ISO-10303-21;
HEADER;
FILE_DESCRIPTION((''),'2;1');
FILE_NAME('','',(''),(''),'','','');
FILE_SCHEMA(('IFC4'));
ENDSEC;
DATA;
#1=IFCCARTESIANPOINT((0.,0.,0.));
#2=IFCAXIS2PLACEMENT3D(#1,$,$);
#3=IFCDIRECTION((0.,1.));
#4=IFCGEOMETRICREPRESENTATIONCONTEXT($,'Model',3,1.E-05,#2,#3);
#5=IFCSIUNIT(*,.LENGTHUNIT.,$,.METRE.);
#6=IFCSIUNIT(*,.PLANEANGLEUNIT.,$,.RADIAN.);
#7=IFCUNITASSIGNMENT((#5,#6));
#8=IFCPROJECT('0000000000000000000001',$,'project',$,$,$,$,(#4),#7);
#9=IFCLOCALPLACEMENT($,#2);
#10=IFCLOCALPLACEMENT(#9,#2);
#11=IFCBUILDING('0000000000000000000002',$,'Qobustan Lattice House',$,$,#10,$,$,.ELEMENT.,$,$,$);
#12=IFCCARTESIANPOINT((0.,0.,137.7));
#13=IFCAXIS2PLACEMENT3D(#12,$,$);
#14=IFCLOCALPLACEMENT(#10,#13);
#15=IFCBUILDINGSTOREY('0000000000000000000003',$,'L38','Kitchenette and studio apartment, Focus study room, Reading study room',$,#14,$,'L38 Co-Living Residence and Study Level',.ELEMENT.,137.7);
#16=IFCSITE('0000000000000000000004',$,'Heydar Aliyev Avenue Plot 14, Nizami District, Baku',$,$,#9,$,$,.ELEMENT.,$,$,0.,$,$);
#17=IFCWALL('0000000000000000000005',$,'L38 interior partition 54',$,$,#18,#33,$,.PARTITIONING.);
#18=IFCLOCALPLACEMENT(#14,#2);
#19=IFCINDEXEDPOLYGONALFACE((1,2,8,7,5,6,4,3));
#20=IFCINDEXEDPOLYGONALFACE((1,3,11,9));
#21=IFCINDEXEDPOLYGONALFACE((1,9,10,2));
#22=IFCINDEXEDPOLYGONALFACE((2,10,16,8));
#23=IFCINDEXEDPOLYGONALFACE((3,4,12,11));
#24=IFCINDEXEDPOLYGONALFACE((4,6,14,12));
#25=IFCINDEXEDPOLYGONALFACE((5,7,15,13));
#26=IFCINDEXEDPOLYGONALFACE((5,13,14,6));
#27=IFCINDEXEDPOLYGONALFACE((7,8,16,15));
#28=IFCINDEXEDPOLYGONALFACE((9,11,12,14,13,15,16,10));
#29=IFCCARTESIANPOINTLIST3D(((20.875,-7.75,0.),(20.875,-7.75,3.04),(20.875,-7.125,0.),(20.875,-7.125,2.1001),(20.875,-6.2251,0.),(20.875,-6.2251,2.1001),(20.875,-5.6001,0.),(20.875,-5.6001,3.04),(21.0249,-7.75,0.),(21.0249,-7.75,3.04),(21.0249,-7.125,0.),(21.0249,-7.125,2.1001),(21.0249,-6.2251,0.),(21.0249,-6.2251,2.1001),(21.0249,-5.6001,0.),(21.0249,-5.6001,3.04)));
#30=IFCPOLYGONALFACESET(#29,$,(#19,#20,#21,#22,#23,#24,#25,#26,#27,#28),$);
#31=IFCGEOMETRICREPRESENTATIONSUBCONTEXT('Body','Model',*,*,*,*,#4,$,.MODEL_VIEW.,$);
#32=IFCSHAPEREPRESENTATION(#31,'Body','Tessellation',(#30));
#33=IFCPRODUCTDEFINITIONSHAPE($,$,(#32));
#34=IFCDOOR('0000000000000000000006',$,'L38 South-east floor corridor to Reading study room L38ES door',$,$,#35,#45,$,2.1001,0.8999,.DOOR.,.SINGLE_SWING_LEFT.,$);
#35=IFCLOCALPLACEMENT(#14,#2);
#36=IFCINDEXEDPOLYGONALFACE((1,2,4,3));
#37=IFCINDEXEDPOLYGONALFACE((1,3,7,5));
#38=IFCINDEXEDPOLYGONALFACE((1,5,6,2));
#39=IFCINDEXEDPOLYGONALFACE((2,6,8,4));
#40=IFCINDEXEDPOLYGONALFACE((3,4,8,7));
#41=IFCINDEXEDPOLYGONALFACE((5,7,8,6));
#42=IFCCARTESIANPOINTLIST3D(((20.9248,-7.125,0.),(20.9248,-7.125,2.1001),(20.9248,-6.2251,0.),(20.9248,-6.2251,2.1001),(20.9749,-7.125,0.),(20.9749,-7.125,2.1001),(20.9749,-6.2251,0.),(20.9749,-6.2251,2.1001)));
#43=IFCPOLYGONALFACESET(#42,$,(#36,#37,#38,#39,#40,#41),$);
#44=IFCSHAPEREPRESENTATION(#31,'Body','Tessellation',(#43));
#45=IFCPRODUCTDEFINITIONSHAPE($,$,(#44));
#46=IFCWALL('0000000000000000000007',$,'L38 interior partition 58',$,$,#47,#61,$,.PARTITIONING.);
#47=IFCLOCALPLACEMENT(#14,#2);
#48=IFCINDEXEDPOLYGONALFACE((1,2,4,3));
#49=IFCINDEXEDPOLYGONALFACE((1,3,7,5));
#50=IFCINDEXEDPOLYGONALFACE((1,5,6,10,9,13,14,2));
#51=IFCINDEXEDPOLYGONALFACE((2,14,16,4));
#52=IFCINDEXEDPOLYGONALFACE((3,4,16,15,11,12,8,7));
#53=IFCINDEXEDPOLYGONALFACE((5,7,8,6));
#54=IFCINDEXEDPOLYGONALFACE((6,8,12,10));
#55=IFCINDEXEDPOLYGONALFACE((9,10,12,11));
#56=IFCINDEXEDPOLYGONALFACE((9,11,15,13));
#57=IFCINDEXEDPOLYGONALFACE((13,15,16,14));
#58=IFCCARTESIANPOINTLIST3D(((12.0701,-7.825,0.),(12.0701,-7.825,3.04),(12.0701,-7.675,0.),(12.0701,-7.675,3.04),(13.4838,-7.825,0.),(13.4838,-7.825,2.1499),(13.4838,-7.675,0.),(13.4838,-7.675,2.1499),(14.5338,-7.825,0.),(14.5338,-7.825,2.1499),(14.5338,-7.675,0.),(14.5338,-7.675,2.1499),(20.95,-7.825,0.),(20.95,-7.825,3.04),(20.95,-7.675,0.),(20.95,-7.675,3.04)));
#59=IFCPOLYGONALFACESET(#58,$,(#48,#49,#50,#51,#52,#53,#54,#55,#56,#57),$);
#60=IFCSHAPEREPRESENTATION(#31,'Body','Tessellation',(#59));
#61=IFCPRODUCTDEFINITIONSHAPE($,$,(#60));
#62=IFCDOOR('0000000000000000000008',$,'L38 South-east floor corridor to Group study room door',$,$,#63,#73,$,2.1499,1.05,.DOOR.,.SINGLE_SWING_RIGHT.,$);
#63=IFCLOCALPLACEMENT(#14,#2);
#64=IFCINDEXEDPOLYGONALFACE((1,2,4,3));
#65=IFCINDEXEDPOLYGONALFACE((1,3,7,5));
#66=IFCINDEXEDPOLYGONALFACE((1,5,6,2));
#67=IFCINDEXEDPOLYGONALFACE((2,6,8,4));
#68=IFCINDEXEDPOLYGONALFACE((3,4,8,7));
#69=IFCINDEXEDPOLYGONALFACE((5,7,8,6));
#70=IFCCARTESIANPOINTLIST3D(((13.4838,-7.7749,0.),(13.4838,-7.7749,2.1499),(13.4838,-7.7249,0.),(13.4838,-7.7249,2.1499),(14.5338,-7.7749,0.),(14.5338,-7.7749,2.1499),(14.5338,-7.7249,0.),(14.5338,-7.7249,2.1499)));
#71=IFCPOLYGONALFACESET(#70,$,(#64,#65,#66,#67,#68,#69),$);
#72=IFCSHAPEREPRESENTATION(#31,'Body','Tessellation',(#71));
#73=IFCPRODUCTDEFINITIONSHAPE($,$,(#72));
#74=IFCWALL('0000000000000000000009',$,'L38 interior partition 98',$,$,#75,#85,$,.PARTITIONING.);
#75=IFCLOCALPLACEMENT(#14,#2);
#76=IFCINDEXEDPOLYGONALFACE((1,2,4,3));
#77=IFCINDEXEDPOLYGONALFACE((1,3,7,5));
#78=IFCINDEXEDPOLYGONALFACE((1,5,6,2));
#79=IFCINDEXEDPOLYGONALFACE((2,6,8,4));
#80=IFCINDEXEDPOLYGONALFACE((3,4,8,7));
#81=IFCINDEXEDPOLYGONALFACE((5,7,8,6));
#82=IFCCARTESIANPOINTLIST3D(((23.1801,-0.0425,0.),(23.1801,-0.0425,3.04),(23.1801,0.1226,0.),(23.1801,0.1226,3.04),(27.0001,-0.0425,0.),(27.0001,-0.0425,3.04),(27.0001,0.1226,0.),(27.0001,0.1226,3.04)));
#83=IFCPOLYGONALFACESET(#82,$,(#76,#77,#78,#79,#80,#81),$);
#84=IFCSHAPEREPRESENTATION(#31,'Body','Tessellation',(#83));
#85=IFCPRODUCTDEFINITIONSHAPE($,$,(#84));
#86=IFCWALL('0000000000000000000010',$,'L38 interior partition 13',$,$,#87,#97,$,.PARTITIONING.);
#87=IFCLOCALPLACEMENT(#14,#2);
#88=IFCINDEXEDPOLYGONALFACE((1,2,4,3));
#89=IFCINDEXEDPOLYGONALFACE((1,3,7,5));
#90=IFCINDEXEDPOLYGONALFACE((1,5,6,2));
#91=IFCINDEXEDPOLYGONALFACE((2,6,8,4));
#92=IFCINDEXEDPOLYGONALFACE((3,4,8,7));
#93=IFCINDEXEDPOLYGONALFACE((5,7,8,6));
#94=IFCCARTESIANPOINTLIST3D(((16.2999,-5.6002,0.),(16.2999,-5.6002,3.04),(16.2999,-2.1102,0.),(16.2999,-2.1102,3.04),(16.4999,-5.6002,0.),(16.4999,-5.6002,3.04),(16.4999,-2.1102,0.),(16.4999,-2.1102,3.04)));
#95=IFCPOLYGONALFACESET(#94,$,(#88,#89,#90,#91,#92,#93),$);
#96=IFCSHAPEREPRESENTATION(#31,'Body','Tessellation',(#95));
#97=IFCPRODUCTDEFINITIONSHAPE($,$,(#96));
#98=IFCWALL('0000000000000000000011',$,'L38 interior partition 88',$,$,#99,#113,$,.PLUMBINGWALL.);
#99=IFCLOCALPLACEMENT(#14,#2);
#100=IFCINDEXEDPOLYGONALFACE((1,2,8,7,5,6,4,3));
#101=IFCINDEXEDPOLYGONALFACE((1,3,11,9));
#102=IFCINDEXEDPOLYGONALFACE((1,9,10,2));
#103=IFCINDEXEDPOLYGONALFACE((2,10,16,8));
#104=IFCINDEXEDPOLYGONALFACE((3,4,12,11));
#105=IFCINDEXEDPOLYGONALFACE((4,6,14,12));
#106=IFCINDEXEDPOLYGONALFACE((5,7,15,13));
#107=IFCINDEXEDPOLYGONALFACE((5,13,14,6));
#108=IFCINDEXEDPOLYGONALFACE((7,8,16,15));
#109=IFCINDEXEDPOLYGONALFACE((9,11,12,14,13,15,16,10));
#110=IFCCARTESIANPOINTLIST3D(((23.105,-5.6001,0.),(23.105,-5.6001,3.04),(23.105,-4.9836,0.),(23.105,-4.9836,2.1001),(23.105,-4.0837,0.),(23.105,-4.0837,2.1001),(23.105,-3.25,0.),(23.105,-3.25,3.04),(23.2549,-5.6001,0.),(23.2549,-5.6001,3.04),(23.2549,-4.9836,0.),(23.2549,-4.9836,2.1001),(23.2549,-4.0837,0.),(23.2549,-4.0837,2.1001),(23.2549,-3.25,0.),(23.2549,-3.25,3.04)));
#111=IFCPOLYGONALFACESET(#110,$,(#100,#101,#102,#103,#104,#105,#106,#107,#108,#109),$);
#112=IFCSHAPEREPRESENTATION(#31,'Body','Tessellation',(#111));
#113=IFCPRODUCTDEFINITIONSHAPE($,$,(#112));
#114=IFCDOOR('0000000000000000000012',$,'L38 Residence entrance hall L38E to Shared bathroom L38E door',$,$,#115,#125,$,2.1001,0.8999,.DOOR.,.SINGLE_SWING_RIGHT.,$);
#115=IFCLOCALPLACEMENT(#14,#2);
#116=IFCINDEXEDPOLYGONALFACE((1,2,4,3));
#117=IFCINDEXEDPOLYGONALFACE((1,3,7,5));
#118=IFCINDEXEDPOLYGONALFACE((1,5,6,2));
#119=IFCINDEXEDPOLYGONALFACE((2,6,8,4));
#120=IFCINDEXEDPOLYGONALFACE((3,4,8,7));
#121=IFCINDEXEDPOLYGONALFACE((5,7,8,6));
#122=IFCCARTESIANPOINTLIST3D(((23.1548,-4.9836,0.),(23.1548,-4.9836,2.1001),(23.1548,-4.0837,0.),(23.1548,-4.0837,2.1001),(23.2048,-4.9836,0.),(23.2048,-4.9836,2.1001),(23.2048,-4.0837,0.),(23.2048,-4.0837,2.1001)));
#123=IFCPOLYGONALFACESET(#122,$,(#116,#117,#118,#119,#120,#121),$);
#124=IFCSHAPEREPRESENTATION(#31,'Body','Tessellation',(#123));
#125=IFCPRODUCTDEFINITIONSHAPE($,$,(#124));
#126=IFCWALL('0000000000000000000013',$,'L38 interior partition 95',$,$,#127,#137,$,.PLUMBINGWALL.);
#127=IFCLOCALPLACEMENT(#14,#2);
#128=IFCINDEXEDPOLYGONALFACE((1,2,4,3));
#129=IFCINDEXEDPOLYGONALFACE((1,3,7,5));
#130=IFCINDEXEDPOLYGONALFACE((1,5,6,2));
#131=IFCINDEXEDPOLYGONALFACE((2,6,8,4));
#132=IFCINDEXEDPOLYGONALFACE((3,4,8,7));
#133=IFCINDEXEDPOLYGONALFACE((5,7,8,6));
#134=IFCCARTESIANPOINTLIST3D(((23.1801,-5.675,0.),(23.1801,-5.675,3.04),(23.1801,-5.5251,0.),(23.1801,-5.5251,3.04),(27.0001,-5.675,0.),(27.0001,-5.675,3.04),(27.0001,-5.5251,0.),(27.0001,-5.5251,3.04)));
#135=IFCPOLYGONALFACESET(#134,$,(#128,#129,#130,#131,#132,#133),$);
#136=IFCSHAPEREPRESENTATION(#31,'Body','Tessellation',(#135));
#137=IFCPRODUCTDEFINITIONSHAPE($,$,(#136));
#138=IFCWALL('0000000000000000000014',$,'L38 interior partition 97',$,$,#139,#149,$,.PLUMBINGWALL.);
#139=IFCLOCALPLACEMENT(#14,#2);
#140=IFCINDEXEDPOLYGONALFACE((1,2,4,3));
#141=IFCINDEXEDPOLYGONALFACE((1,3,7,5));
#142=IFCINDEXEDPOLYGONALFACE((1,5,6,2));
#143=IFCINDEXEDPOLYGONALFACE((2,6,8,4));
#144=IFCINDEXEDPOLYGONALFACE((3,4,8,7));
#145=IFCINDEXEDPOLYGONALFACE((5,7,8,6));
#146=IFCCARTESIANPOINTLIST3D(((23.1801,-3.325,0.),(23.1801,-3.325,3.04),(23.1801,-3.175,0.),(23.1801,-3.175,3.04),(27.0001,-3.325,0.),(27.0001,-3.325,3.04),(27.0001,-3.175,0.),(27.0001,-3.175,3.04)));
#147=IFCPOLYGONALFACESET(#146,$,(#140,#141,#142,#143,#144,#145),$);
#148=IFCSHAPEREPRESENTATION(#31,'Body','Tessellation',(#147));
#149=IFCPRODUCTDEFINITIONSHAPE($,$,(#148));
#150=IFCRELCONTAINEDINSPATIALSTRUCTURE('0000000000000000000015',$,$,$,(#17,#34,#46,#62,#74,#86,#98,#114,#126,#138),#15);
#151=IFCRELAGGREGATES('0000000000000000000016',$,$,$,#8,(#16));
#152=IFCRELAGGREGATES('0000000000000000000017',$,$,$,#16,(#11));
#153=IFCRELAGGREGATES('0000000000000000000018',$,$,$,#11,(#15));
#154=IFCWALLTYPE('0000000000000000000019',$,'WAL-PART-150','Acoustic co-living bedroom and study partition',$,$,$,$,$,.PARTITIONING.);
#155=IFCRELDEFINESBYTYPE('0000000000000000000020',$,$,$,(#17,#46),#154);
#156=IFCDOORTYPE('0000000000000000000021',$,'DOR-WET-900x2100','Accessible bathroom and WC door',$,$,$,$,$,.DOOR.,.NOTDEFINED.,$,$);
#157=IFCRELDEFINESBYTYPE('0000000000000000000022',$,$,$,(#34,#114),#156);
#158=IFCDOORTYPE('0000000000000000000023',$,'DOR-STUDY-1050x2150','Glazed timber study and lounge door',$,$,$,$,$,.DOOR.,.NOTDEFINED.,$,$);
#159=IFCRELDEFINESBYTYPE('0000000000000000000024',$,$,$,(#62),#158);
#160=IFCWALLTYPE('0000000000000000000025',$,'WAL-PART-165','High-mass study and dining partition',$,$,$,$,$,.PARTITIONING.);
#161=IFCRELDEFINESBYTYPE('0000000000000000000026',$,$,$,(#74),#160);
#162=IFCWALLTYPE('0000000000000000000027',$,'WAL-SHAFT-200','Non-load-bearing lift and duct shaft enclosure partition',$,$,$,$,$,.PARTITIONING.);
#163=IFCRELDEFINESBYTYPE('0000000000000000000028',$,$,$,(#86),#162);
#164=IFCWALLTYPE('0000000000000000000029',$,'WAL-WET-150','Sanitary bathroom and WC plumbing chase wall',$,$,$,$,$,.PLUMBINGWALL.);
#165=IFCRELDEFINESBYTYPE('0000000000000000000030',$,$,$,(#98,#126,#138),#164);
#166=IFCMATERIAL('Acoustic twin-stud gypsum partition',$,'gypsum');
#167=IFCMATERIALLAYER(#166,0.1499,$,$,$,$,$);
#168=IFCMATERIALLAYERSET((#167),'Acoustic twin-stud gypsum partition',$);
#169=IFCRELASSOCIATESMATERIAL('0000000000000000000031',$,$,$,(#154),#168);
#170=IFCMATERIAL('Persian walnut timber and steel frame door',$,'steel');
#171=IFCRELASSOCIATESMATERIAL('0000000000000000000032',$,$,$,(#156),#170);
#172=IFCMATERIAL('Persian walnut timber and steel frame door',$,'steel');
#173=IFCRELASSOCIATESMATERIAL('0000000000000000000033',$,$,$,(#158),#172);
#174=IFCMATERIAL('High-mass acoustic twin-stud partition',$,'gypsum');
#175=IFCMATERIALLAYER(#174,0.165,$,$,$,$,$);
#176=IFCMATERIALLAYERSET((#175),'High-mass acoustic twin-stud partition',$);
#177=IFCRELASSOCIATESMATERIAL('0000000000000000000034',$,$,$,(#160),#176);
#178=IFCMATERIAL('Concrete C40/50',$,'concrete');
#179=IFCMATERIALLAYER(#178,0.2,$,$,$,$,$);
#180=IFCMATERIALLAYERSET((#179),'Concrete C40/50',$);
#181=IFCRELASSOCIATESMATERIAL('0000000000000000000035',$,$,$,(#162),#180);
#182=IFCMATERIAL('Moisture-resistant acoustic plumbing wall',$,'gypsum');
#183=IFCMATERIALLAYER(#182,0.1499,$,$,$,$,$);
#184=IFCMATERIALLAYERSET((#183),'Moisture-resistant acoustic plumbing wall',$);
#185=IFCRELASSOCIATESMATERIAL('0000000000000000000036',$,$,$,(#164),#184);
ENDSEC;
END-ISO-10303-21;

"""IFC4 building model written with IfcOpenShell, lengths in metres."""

from ifc_helpers import new_model, si_unit, direction, frame, frame_2d, origin, place, context, subcontext, project, spatial, rectangle, extrude, material, layer, layer_set, type_object, element, fill, save


model = new_model("IFC4")

# Units and contexts
model_context = context("Model", 3, precision=1e-05, world=origin(), true_north=direction((0.0, 1.0)))
body_context = subcontext(model_context, "Body", "Model", "MODEL_VIEW")
ifc_project = project(units=[si_unit("LENGTHUNIT", "METRE"), si_unit("PLANEANGLEUNIT", "RADIAN")], contexts=[model_context])

# Site, building, storey
site_placement = place(None, origin())
site = spatial("IfcSite", under=ifc_project, at=site_placement, Name="Heydar Aliyev Avenue Plot 14, Nizami District, Baku", CompositionType="ELEMENT", RefElevation=0.0)
building_placement = place(site_placement, origin())
building = spatial("IfcBuilding", under=site, at=building_placement, Name="Qobustan Lattice House", CompositionType="ELEMENT")
storey_placement = place(building_placement, frame((0.0, 0.0, 137.7)))
storey = spatial("IfcBuildingStorey", under=building, at=storey_placement, Name="L38", Description="Kitchenette and studio apartment, Focus study room, Reading study room", LongName="L38 Co-Living Residence and Study Level", CompositionType="ELEMENT", Elevation=137.7)

# Walls, openings, doors
ifc_material_1 = material(Name="Acoustic twin-stud gypsum partition", Category="gypsum")
ifc_layer_1 = layer(ifc_material_1, 0.1499)
ifc_layer_set_1 = layer_set([ifc_layer_1], Name="Acoustic twin-stud gypsum partition")
wall_type_1 = type_object("IfcWallType", Name="WAL-PART-150", Description="Acoustic co-living bedroom and study partition", PredefinedType="PARTITIONING", material=ifc_layer_set_1)
wall_1_placement = place(storey_placement, frame((20.95, -5.6001, 0.0), z_axis=(0.0, 0.0, 1.0), x_axis=(0.0, -1.0, 0.0)))
wall_1 = element("IfcWall", 1, at=wall_1_placement, inside=storey, type_object=wall_type_1, Name="L38 interior partition 54", PredefinedType="PARTITIONING", context=body_context, shape_type="SweptSolid", body=[
    extrude(rectangle(XDim=2.1499, YDim=0.1499, at=frame_2d((1.075, 0.0))), origin(), (0.0, 0.0, 1.0), 3.04),
])
opening_1_placement = place(wall_1_placement, frame((0.625, 0.0, 0.0)))
opening_1 = element("IfcOpeningElement", 2, at=opening_1_placement, cuts=wall_1, PredefinedType="OPENING", context=body_context, shape_type="SweptSolid", body=[
    extrude(rectangle(XDim=0.8999, YDim=2.1001, at=frame_2d((0.45, 1.05))), frame((0.0, 0.085, 0.0), z_axis=(0.0, -1.0, 0.0), x_axis=(1.0, 0.0, 0.0)), (0.0, 0.0, 1.0), 0.1699),
])
ifc_material_2 = material(Name="Persian walnut timber and steel frame door", Category="steel")
door_type_1 = type_object("IfcDoorType", Name="DOR-WET-900x2100", Description="Accessible bathroom and WC door", OperationType="NOTDEFINED", PredefinedType="DOOR", material=ifc_material_2)
door_1_placement = place(opening_1_placement, origin())
door_1 = element("IfcDoor", 3, at=door_1_placement, inside=storey, type_object=door_type_1, Name="L38 South-east floor corridor to Reading study room L38ES door", OperationType="SINGLE_SWING_LEFT", OverallHeight=2.1001, OverallWidth=0.8999, PredefinedType="DOOR", context=body_context, shape_type="SweptSolid", body=[
    extrude(rectangle(XDim=0.8999, YDim=2.1001, at=frame_2d((0.45, 1.05))), frame((0.0, 0.0249, 0.0), z_axis=(0.0, -1.0, 0.0), x_axis=(1.0, 0.0, 0.0)), (0.0, 0.0, 1.0), 0.05),
])
fill(opening_1, door_1)
wall_2_placement = place(storey_placement, frame((20.95, -7.75, 0.0), z_axis=(0.0, 0.0, 1.0), x_axis=(-1.0, 0.0, 0.0)))
wall_2 = element("IfcWall", 4, at=wall_2_placement, inside=storey, type_object=wall_type_1, Name="L38 interior partition 58", PredefinedType="PARTITIONING", context=body_context, shape_type="SweptSolid", body=[
    extrude(rectangle(XDim=8.8799, YDim=0.1499, at=frame_2d((4.4399, 0.0))), origin(), (0.0, 0.0, 1.0), 3.04),
])
opening_2_placement = place(wall_2_placement, frame((6.4163, 0.0, 0.0)))
opening_2 = element("IfcOpeningElement", 5, at=opening_2_placement, cuts=wall_2, PredefinedType="OPENING", context=body_context, shape_type="SweptSolid", body=[
    extrude(rectangle(XDim=1.05, YDim=2.1499, at=frame_2d((0.5249, 1.075))), frame((0.0, 0.085, 0.0), z_axis=(0.0, -1.0, 0.0), x_axis=(1.0, 0.0, 0.0)), (0.0, 0.0, 1.0), 0.1699),
])
ifc_material_3 = material(Name="Persian walnut timber and steel frame door", Category="steel")
door_type_2 = type_object("IfcDoorType", Name="DOR-STUDY-1050x2150", Description="Glazed timber study and lounge door", OperationType="NOTDEFINED", PredefinedType="DOOR", material=ifc_material_3)
door_2_placement = place(opening_2_placement, origin())
door_2 = element("IfcDoor", 6, at=door_2_placement, inside=storey, type_object=door_type_2, Name="L38 South-east floor corridor to Group study room door", OperationType="SINGLE_SWING_RIGHT", OverallHeight=2.1499, OverallWidth=1.05, PredefinedType="DOOR", context=body_context, shape_type="SweptSolid", body=[
    extrude(rectangle(XDim=1.05, YDim=2.1499, at=frame_2d((0.5249, 1.075))), frame((0.0, 0.0249, 0.0), z_axis=(0.0, -1.0, 0.0), x_axis=(1.0, 0.0, 0.0)), (0.0, 0.0, 1.0), 0.05),
])
fill(opening_2, door_2)
ifc_material_4 = material(Name="High-mass acoustic twin-stud partition", Category="gypsum")
ifc_layer_2 = layer(ifc_material_4, 0.165)
ifc_layer_set_2 = layer_set([ifc_layer_2], Name="High-mass acoustic twin-stud partition")
wall_type_2 = type_object("IfcWallType", Name="WAL-PART-165", Description="High-mass study and dining partition", PredefinedType="PARTITIONING", material=ifc_layer_set_2)

# Walls
wall_3_placement = place(storey_placement, frame((23.1799, 0.04, 0.0), z_axis=(0.0, 0.0, 1.0), x_axis=(1.0, 0.0, 0.0)))
element("IfcWall", 7, at=wall_3_placement, inside=storey, type_object=wall_type_2, Name="L38 interior partition 98", PredefinedType="PARTITIONING", context=body_context, shape_type="SweptSolid", body=[
    extrude(rectangle(XDim=3.8201, YDim=0.165, at=frame_2d((1.9102, 0.0))), origin(), (0.0, 0.0, 1.0), 3.04),
])
ifc_material_5 = material(Name="Concrete C40/50", Category="concrete")
ifc_layer_3 = layer(ifc_material_5, 0.2)
ifc_layer_set_3 = layer_set([ifc_layer_3], Name="Concrete C40/50")
wall_type_3 = type_object("IfcWallType", Name="WAL-SHAFT-200", Description="Non-load-bearing lift and duct shaft enclosure partition", PredefinedType="PARTITIONING", material=ifc_layer_set_3)
wall_4_placement = place(storey_placement, frame((16.3999, -2.1101, 0.0), z_axis=(0.0, 0.0, 1.0), x_axis=(0.0, -1.0, 0.0)))
element("IfcWall", 8, at=wall_4_placement, inside=storey, type_object=wall_type_3, Name="L38 interior partition 13", PredefinedType="PARTITIONING", context=body_context, shape_type="SweptSolid", body=[
    extrude(rectangle(XDim=3.49, YDim=0.2, at=frame_2d((1.7451, 0.0))), origin(), (0.0, 0.0, 1.0), 3.04),
])

# Wall, opening, door
ifc_material_6 = material(Name="Moisture-resistant acoustic plumbing wall", Category="gypsum")
ifc_layer_4 = layer(ifc_material_6, 0.1499)
ifc_layer_set_4 = layer_set([ifc_layer_4], Name="Moisture-resistant acoustic plumbing wall")
wall_type_4 = type_object("IfcWallType", Name="WAL-WET-150", Description="Sanitary bathroom and WC plumbing chase wall", PredefinedType="PLUMBINGWALL", material=ifc_layer_set_4)
wall_5_placement = place(storey_placement, frame((23.1799, -3.25, 0.0), z_axis=(0.0, 0.0, 1.0), x_axis=(0.0, -1.0, 0.0)))
wall_5 = element("IfcWall", 9, at=wall_5_placement, inside=storey, type_object=wall_type_4, Name="L38 interior partition 88", PredefinedType="PLUMBINGWALL", context=body_context, shape_type="SweptSolid", body=[
    extrude(rectangle(XDim=2.3501, YDim=0.1499, at=frame_2d((1.175, 0.0))), origin(), (0.0, 0.0, 1.0), 3.04),
])
opening_3_placement = place(wall_5_placement, frame((0.8337, 0.0, 0.0)))
opening_3 = element("IfcOpeningElement", 10, at=opening_3_placement, cuts=wall_5, PredefinedType="OPENING", context=body_context, shape_type="SweptSolid", body=[
    extrude(rectangle(XDim=0.8999, YDim=2.1001, at=frame_2d((0.45, 1.05))), frame((0.0, 0.085, 0.0), z_axis=(0.0, -1.0, 0.0), x_axis=(1.0, 0.0, 0.0)), (0.0, 0.0, 1.0), 0.1699),
])
door_3_placement = place(opening_3_placement, origin())
door_3 = element("IfcDoor", 11, at=door_3_placement, inside=storey, type_object=door_type_1, Name="L38 Residence entrance hall L38E to Shared bathroom L38E door", OperationType="SINGLE_SWING_RIGHT", OverallHeight=2.1001, OverallWidth=0.8999, PredefinedType="DOOR", context=body_context, shape_type="SweptSolid", body=[
    extrude(rectangle(XDim=0.8999, YDim=2.1001, at=frame_2d((0.45, 1.05))), frame((0.0, 0.0249, 0.0), z_axis=(0.0, -1.0, 0.0), x_axis=(1.0, 0.0, 0.0)), (0.0, 0.0, 1.0), 0.05),
])
fill(opening_3, door_3)

# Walls
for number, where, z_axis, x_axis, name in (
    (12, (23.1799, -5.6001, 0.0), (0.0, 0.0, 1.0), (1.0, 0.0, 0.0), "L38 interior partition 95"),
    (13, (23.1799, -3.25, 0.0), (0.0, 0.0, 1.0), (1.0, 0.0, 0.0), "L38 interior partition 97"),
):
    element("IfcWall", number, at=place(storey_placement, frame(where, z_axis=z_axis, x_axis=x_axis)), inside=storey, type_object=wall_type_4, Name=name, PredefinedType="PLUMBINGWALL", context=body_context, shape_type="SweptSolid", body=[
        extrude(rectangle(XDim=3.8201, YDim=0.1499, at=frame_2d((1.9102, 0.0))), origin(), (0.0, 0.0, 1.0), 3.04),
    ])

save(model, "model.ifc")
